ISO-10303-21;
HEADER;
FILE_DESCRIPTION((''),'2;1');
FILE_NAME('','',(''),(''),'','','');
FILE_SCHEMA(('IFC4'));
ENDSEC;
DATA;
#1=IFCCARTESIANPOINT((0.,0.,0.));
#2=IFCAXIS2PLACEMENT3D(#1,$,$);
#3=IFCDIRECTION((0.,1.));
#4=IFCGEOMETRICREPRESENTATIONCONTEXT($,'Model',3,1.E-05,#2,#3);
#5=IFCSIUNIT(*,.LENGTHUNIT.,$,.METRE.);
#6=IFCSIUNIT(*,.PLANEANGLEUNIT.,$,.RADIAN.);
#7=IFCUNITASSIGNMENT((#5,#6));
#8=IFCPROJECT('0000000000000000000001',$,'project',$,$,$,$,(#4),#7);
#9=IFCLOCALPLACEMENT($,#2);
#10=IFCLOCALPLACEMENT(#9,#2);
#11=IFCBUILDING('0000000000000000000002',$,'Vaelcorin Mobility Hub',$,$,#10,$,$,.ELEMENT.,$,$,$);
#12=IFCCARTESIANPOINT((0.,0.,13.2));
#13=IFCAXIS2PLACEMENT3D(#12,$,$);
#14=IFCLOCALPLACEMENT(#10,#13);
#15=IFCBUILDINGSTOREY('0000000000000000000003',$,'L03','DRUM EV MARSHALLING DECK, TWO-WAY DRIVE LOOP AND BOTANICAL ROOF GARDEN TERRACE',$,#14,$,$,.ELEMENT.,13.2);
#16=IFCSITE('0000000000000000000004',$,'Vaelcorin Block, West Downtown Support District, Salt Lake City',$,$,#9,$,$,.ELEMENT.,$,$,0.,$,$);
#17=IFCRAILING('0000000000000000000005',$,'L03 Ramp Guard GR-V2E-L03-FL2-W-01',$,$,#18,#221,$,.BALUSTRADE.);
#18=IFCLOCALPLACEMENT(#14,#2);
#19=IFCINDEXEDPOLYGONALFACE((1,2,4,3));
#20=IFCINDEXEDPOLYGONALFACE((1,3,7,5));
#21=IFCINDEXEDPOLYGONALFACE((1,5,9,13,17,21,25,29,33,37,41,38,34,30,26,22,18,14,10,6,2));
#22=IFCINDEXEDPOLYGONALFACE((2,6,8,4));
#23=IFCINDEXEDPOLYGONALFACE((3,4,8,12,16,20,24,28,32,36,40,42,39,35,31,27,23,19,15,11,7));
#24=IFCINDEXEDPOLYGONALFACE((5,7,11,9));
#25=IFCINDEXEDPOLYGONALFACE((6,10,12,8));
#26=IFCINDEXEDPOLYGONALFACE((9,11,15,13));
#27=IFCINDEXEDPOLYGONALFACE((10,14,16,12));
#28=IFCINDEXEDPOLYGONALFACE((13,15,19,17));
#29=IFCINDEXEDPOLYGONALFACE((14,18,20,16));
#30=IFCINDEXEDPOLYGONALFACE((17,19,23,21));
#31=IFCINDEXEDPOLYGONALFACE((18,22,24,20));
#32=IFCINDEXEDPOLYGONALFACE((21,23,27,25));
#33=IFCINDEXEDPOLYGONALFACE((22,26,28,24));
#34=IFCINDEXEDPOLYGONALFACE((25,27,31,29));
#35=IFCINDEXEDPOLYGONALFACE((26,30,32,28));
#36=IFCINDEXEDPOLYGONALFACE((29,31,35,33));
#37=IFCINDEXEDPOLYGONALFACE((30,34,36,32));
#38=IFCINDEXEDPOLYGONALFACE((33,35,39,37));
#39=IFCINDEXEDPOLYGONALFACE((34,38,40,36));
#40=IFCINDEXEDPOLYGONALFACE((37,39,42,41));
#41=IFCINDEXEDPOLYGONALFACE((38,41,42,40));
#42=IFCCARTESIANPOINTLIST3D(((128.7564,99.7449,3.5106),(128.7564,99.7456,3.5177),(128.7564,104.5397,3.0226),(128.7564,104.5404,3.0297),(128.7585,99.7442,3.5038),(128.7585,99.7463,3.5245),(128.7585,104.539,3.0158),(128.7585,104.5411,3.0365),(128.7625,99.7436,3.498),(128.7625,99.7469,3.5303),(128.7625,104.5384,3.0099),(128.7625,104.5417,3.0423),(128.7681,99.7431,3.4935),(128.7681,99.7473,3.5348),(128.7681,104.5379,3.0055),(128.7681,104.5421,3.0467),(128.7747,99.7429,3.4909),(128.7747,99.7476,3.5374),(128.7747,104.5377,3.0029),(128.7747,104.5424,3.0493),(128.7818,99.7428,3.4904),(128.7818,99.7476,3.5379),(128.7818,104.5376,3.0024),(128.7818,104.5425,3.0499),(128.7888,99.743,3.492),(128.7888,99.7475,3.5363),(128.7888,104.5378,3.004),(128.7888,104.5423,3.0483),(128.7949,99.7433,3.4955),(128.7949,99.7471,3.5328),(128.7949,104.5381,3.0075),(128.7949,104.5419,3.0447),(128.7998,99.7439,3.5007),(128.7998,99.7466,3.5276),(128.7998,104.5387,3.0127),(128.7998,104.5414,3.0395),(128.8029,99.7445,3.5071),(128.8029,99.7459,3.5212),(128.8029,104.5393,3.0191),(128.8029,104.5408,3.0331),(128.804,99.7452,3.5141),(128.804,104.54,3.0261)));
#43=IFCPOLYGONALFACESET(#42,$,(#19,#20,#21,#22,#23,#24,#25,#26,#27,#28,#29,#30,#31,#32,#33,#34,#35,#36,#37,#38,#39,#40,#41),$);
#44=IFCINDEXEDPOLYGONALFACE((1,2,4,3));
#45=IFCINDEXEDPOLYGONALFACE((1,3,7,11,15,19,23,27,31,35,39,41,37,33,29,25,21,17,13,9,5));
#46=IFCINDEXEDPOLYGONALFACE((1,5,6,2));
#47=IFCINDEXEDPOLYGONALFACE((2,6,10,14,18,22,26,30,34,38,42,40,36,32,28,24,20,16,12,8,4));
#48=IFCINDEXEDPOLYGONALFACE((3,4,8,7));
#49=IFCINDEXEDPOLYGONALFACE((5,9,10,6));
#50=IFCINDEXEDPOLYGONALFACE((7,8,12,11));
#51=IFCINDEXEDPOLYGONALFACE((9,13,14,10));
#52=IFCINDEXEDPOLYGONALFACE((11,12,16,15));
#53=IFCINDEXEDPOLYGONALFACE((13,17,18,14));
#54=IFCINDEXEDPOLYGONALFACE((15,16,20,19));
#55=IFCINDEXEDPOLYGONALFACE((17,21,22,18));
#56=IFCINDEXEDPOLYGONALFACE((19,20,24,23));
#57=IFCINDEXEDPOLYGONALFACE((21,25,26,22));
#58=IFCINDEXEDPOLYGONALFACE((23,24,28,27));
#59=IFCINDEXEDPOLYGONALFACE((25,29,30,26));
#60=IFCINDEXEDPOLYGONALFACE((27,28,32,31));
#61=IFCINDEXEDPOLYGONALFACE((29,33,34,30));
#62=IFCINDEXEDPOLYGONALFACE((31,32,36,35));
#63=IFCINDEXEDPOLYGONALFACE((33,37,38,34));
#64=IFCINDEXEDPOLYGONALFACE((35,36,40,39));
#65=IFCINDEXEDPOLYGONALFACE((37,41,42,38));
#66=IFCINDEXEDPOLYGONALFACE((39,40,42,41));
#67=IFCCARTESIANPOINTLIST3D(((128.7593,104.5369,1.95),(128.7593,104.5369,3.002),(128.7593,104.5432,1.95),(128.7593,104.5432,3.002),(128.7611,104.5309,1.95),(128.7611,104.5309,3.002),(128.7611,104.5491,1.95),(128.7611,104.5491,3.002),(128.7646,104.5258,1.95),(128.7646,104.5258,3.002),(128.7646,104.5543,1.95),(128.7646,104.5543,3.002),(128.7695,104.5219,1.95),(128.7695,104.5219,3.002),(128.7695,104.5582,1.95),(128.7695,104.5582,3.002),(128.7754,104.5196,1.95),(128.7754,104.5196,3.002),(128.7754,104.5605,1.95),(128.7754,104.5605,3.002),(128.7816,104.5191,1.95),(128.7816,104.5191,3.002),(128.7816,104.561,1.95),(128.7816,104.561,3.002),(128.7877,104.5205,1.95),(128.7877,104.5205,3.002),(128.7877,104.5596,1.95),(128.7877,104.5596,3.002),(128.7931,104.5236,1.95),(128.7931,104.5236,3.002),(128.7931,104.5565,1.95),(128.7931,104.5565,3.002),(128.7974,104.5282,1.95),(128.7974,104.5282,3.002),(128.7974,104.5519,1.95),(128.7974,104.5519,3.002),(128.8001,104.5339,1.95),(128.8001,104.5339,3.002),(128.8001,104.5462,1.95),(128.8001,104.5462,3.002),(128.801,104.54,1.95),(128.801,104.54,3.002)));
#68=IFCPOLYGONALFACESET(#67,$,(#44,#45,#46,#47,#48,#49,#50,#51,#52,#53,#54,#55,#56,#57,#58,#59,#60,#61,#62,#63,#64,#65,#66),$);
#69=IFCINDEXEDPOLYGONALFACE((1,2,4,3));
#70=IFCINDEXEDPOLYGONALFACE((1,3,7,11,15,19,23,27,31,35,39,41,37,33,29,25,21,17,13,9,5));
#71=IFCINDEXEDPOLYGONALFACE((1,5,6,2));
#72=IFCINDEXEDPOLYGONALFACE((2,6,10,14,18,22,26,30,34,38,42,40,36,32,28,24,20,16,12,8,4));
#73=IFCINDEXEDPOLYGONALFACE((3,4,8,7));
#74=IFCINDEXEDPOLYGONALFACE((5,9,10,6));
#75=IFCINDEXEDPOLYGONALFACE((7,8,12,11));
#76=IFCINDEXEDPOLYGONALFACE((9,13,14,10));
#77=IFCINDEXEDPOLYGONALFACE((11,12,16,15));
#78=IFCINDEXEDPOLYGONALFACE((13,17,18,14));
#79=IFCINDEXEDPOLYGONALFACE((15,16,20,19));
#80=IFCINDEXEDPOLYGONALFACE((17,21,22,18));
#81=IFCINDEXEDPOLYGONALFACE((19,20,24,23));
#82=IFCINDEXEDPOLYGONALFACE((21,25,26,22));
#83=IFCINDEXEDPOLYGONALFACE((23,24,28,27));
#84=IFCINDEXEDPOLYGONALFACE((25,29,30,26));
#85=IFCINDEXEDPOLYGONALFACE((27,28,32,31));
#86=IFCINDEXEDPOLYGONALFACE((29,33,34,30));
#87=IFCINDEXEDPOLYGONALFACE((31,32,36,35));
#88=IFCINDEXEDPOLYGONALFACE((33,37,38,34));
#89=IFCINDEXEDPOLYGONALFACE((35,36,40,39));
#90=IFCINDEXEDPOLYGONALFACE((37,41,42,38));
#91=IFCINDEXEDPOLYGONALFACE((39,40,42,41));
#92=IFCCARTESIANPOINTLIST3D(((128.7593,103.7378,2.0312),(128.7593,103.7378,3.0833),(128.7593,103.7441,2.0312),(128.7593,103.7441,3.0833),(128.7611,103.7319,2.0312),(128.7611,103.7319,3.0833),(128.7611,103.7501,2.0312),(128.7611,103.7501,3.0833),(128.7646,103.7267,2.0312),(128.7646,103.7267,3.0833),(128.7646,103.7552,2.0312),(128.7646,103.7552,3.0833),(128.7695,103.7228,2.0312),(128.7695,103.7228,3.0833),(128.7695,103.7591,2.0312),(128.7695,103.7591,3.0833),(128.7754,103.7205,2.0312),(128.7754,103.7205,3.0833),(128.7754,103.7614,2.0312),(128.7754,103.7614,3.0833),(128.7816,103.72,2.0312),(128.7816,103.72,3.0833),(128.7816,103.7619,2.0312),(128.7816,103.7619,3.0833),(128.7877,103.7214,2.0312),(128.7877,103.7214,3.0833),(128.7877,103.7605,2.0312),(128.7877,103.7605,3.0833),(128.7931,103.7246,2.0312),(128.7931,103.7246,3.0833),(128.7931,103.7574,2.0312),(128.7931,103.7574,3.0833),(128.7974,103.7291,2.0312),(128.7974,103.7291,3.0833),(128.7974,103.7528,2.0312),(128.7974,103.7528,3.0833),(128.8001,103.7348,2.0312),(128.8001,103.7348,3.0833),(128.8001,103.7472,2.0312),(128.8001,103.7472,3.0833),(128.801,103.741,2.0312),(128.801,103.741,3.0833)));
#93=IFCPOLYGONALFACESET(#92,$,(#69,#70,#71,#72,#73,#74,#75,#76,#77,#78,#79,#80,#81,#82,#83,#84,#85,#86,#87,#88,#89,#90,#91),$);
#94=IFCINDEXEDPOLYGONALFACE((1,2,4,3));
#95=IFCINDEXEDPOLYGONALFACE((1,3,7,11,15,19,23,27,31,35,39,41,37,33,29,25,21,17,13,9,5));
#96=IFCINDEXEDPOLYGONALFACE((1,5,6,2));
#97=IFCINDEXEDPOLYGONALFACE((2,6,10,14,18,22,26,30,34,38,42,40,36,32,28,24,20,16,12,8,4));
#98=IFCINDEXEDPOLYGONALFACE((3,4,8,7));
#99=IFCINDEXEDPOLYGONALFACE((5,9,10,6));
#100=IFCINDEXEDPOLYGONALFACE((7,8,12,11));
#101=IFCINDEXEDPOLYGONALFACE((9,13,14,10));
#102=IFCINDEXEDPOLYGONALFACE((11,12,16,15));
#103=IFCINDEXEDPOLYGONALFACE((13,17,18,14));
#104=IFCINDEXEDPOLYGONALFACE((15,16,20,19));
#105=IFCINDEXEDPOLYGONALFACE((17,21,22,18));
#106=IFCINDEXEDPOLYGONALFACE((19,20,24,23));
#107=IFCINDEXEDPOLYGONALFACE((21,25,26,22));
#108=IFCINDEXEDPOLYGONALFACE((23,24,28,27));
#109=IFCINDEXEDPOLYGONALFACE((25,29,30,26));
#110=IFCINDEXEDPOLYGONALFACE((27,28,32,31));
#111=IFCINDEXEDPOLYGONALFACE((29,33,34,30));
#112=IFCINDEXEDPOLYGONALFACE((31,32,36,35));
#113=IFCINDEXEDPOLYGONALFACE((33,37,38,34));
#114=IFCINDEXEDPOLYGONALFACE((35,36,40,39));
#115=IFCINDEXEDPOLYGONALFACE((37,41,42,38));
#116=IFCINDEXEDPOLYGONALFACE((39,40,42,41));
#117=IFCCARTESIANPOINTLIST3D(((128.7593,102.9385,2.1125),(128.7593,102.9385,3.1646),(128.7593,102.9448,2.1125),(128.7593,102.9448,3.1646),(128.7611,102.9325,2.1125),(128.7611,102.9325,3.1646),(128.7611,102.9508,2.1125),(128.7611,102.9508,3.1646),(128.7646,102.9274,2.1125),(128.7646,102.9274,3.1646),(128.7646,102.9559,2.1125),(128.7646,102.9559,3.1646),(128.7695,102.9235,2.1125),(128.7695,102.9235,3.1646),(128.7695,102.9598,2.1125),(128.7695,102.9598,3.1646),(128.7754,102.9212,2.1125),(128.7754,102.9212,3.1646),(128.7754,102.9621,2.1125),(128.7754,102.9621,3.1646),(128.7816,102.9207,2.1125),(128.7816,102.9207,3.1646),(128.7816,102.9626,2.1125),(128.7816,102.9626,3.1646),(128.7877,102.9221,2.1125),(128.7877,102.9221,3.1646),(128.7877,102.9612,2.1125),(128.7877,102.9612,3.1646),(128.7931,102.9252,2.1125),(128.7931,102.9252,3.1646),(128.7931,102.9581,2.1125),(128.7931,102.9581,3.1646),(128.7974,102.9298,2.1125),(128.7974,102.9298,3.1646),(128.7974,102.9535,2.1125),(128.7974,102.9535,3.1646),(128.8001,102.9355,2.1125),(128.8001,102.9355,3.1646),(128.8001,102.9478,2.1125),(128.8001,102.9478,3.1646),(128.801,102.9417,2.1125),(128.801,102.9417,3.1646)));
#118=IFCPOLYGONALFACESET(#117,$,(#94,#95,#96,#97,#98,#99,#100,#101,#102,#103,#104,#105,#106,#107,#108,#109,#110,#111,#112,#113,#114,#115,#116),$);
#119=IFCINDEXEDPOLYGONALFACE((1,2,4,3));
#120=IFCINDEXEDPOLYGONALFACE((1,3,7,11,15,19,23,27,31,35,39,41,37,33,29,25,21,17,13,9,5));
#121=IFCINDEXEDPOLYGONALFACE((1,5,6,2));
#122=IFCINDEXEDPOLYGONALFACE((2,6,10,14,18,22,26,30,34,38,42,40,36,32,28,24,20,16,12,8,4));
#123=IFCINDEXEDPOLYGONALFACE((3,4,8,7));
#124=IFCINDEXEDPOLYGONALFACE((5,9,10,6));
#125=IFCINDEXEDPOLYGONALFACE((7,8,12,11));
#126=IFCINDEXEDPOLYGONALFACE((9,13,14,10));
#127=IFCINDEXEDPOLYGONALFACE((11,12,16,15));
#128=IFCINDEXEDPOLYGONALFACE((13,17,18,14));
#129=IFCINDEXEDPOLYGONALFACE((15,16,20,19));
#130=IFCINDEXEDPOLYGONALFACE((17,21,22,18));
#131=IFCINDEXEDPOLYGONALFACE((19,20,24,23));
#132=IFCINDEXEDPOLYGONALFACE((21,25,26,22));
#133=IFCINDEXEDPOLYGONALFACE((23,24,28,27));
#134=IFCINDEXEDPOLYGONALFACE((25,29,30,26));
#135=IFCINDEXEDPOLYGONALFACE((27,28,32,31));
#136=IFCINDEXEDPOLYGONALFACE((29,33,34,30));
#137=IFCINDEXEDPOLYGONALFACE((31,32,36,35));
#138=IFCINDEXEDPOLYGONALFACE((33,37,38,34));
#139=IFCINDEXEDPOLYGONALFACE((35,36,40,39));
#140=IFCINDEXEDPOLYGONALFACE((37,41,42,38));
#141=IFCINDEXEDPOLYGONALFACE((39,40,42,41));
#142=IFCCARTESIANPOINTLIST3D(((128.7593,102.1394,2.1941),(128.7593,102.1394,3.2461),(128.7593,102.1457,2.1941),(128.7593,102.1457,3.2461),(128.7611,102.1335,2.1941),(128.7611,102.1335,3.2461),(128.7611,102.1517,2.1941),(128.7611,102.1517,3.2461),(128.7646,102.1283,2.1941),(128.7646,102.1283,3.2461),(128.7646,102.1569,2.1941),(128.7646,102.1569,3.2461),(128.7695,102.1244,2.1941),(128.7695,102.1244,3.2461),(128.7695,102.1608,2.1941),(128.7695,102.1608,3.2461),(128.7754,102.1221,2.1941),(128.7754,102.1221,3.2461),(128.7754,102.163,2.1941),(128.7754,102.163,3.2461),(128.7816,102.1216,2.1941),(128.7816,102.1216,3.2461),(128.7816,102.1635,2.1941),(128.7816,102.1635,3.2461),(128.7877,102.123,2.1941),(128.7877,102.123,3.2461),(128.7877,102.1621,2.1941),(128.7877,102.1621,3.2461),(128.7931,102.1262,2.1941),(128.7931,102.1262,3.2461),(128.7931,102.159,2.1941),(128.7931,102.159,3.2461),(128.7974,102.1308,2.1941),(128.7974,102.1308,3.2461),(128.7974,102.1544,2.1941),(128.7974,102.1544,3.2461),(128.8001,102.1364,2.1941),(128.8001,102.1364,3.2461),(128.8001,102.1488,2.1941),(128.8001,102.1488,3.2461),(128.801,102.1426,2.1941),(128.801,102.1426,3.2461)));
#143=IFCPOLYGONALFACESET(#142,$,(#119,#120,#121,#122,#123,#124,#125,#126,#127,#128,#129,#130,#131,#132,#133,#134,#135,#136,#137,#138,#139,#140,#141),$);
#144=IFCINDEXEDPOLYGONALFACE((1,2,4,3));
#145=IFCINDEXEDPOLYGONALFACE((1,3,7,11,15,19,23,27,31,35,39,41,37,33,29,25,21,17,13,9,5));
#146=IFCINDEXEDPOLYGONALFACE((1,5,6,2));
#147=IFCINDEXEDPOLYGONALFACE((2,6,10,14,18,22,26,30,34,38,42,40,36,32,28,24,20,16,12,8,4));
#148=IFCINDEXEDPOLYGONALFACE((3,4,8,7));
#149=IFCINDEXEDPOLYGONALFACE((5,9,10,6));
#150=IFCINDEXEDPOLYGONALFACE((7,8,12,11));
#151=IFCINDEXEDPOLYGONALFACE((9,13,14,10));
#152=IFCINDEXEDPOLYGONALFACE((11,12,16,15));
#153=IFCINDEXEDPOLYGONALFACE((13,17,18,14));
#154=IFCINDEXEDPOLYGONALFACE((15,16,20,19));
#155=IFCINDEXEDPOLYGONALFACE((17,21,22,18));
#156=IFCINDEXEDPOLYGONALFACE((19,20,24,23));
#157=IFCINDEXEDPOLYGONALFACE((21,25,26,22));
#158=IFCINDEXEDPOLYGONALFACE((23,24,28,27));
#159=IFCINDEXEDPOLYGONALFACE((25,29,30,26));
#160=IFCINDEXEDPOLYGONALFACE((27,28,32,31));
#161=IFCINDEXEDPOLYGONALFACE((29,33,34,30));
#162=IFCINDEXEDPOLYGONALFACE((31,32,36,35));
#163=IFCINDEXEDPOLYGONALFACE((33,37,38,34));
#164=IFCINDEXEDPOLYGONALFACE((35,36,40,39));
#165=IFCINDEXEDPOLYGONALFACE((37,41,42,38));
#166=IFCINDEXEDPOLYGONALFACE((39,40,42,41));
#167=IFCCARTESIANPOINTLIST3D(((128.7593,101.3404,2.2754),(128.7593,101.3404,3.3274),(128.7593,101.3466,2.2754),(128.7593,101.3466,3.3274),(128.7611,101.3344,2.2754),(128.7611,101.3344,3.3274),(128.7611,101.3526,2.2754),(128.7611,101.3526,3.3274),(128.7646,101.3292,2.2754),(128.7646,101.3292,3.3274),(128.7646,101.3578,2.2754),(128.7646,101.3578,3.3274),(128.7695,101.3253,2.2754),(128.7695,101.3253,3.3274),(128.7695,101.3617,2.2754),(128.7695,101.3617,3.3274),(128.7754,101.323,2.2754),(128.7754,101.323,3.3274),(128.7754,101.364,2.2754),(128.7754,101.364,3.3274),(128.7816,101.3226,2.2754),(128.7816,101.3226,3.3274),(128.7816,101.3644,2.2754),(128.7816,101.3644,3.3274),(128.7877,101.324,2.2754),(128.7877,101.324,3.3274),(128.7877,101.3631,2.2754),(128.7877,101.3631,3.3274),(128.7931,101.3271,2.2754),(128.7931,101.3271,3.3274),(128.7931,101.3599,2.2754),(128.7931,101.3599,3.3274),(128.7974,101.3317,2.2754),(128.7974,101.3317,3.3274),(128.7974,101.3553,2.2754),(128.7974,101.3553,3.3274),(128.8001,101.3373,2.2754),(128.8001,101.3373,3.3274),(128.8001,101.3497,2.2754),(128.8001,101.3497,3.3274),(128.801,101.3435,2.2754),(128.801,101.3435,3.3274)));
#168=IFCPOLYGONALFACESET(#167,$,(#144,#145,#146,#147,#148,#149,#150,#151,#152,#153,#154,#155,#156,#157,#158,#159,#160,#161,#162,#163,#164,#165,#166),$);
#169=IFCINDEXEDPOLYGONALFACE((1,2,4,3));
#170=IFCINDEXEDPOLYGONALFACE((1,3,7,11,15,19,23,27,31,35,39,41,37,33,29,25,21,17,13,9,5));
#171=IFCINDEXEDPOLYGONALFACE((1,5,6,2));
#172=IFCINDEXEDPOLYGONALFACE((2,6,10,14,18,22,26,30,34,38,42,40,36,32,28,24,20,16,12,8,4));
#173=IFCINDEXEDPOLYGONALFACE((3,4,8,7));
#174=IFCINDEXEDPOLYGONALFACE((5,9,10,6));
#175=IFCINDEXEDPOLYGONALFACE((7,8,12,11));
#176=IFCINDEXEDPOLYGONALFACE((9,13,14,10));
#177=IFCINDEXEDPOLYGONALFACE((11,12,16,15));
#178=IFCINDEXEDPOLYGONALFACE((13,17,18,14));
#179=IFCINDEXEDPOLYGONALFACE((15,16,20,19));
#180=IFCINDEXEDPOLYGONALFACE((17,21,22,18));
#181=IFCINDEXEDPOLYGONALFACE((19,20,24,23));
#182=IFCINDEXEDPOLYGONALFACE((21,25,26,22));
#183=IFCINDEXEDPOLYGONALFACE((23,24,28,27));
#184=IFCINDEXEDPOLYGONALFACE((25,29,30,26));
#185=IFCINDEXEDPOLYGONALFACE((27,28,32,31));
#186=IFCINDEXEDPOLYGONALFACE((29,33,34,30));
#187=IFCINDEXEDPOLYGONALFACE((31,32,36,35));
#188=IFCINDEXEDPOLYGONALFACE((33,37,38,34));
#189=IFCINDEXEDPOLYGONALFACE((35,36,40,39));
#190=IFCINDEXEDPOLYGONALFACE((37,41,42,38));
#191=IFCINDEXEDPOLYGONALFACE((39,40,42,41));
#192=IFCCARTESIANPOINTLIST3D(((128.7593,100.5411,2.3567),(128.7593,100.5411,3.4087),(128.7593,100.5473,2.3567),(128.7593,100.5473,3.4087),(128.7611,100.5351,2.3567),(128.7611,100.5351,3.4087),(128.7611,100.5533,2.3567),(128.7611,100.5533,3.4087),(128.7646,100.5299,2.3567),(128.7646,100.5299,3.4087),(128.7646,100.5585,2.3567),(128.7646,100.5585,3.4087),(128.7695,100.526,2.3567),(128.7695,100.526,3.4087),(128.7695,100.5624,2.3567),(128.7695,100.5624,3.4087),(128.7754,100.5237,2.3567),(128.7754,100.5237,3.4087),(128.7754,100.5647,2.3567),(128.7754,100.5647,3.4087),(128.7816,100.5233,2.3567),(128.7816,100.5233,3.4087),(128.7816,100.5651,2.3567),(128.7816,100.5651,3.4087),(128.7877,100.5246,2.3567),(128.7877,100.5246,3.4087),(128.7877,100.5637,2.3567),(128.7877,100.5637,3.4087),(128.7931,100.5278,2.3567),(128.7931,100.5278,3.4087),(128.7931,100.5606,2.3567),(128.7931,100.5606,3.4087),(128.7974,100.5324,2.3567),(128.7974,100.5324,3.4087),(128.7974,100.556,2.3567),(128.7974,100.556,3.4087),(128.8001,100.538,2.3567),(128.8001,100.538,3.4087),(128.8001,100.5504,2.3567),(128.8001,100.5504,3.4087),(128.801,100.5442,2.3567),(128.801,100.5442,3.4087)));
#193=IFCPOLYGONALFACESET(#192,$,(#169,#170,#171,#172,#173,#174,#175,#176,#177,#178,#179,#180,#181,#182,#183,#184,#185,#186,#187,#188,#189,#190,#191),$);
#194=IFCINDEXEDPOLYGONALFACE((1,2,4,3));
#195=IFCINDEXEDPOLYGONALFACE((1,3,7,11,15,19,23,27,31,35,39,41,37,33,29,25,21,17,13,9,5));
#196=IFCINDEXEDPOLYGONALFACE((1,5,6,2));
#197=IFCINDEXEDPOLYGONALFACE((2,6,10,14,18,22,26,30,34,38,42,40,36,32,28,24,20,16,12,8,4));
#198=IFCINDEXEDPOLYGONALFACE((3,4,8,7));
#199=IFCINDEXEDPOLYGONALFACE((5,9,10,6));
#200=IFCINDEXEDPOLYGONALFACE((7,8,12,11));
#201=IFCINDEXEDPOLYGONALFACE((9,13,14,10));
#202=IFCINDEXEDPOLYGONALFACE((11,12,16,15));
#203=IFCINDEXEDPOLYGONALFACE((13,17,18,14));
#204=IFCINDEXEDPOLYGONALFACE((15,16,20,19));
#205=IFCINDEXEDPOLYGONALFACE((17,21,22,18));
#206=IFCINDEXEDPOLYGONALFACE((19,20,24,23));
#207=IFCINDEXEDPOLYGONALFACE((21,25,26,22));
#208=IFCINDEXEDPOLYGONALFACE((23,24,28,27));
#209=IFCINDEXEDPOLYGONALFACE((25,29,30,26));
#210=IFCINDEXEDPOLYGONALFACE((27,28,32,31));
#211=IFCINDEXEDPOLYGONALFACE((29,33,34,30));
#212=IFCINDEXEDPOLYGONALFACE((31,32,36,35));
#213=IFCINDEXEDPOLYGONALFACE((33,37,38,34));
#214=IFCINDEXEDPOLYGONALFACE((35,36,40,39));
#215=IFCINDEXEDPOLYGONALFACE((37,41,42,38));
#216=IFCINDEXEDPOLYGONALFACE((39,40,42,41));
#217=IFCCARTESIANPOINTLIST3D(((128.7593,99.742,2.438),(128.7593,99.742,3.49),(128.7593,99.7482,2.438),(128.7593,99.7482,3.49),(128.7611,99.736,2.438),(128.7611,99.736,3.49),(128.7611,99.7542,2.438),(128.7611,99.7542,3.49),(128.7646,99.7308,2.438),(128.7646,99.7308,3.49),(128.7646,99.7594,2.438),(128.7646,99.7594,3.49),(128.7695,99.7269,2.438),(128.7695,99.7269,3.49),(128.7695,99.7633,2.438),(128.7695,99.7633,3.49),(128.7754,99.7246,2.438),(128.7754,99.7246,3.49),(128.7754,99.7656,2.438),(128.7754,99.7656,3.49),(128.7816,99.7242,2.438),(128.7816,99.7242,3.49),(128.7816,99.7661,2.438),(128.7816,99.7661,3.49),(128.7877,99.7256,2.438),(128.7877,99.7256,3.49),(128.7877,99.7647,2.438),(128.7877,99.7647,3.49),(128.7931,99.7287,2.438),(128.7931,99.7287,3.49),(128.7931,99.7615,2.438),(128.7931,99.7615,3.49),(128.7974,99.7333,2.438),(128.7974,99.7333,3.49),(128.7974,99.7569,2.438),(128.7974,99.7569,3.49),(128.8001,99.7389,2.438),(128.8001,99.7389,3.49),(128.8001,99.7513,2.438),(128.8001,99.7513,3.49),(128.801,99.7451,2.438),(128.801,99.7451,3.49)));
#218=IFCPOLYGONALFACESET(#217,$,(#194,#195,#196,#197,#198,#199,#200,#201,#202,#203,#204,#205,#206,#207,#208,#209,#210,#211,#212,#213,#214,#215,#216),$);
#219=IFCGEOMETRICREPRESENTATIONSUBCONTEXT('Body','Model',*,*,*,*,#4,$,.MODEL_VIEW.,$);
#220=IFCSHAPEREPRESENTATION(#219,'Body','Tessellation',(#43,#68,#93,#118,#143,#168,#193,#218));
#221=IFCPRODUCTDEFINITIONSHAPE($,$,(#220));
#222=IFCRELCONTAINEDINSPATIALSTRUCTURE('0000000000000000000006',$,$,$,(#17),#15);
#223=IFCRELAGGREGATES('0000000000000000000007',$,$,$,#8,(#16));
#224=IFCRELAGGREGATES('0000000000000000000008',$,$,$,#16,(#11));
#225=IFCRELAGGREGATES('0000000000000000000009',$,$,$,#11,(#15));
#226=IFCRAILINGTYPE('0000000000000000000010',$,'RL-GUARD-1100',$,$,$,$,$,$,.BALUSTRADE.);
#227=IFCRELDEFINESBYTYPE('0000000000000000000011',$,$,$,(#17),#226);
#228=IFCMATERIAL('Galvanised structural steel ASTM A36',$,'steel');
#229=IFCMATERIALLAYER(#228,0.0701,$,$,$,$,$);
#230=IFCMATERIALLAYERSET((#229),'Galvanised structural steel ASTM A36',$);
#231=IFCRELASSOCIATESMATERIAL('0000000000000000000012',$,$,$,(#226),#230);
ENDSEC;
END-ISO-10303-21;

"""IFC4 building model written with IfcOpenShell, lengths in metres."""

from ifc_helpers import new_model, si_unit, direction, frame, origin, origin_2d, place, context, subcontext, project, spatial, circle, extrude, material, layer, layer_set, type_object, element, save


model = new_model("IFC4")

# Units and contexts
model_context = context("Model", 3, precision=1e-05, world=origin(), true_north=direction((0.0, 1.0)))
body_context = subcontext(model_context, "Body", "Model", "MODEL_VIEW")
ifc_project = project(units=[si_unit("LENGTHUNIT", "METRE"), si_unit("PLANEANGLEUNIT", "RADIAN")], contexts=[model_context])

# Site, building, storey
site_placement = place(None, origin())
site = spatial("IfcSite", under=ifc_project, at=site_placement, Name="Vaelcorin Block, West Downtown Support District, Salt Lake City", CompositionType="ELEMENT", RefElevation=0.0)
building_placement = place(site_placement, origin())
building = spatial("IfcBuilding", under=site, at=building_placement, Name="Vaelcorin Mobility Hub", CompositionType="ELEMENT")
storey_placement = place(building_placement, frame((0.0, 0.0, 13.2)))
storey = spatial("IfcBuildingStorey", under=building, at=storey_placement, Name="L03", Description="DRUM EV MARSHALLING DECK, TWO-WAY DRIVE LOOP AND BOTANICAL ROOF GARDEN TERRACE", CompositionType="ELEMENT", Elevation=13.2)

# Railing
ifc_material_1 = material(Name="Galvanised structural steel ASTM A36", Category="steel")
ifc_layer = layer(ifc_material_1, 0.0701)
ifc_layer_set = layer_set([ifc_layer], Name="Galvanised structural steel ASTM A36")
railing_type = type_object("IfcRailingType", Name="RL-GUARD-1100", PredefinedType="BALUSTRADE", material=ifc_layer_set)
railing_1_placement = place(storey_placement, frame((128.78, 104.54, 1.95)))
element("IfcRailing", 1, at=railing_1_placement, inside=storey, type_object=railing_type, Name="L03 Ramp Guard GR-V2E-L03-FL2-W-01", PredefinedType="BALUSTRADE", context=body_context, shape_type="SweptSolid", body=[
    extrude(circle(Radius=0.0239, at=origin_2d()), frame((0.0, 0.0, 1.0762), z_axis=(0.0, -0.99486, 0.101259), x_axis=(1.0, 0.0, 0.0)), (0.0, 0.0, 1.0), 4.8196),
    extrude(circle(Radius=0.021, at=origin_2d()), origin(), (0.0, 0.0, 1.0), 1.052),
    extrude(circle(Radius=0.021, at=origin_2d()), frame((0.0, -0.7991, 0.0813)), (0.0, 0.0, 1.0), 1.052),
    extrude(circle(Radius=0.021, at=origin_2d()), frame((0.0, -1.5984, 0.1626)), (0.0, 0.0, 1.0), 1.052),
    extrude(circle(Radius=0.021, at=origin_2d()), frame((0.0, -2.3975, 0.2441)), (0.0, 0.0, 1.0), 1.052),
    extrude(circle(Radius=0.021, at=origin_2d()), frame((0.0, -3.1965, 0.3254)), (0.0, 0.0, 1.0), 1.052),
    extrude(circle(Radius=0.021, at=origin_2d()), frame((0.0, -3.9958, 0.4067)), (0.0, 0.0, 1.0), 1.052),
    extrude(circle(Radius=0.021, at=origin_2d()), frame((0.0, -4.7949, 0.488)), (0.0, 0.0, 1.0), 1.052),
])

save(model, "model.ifc")
